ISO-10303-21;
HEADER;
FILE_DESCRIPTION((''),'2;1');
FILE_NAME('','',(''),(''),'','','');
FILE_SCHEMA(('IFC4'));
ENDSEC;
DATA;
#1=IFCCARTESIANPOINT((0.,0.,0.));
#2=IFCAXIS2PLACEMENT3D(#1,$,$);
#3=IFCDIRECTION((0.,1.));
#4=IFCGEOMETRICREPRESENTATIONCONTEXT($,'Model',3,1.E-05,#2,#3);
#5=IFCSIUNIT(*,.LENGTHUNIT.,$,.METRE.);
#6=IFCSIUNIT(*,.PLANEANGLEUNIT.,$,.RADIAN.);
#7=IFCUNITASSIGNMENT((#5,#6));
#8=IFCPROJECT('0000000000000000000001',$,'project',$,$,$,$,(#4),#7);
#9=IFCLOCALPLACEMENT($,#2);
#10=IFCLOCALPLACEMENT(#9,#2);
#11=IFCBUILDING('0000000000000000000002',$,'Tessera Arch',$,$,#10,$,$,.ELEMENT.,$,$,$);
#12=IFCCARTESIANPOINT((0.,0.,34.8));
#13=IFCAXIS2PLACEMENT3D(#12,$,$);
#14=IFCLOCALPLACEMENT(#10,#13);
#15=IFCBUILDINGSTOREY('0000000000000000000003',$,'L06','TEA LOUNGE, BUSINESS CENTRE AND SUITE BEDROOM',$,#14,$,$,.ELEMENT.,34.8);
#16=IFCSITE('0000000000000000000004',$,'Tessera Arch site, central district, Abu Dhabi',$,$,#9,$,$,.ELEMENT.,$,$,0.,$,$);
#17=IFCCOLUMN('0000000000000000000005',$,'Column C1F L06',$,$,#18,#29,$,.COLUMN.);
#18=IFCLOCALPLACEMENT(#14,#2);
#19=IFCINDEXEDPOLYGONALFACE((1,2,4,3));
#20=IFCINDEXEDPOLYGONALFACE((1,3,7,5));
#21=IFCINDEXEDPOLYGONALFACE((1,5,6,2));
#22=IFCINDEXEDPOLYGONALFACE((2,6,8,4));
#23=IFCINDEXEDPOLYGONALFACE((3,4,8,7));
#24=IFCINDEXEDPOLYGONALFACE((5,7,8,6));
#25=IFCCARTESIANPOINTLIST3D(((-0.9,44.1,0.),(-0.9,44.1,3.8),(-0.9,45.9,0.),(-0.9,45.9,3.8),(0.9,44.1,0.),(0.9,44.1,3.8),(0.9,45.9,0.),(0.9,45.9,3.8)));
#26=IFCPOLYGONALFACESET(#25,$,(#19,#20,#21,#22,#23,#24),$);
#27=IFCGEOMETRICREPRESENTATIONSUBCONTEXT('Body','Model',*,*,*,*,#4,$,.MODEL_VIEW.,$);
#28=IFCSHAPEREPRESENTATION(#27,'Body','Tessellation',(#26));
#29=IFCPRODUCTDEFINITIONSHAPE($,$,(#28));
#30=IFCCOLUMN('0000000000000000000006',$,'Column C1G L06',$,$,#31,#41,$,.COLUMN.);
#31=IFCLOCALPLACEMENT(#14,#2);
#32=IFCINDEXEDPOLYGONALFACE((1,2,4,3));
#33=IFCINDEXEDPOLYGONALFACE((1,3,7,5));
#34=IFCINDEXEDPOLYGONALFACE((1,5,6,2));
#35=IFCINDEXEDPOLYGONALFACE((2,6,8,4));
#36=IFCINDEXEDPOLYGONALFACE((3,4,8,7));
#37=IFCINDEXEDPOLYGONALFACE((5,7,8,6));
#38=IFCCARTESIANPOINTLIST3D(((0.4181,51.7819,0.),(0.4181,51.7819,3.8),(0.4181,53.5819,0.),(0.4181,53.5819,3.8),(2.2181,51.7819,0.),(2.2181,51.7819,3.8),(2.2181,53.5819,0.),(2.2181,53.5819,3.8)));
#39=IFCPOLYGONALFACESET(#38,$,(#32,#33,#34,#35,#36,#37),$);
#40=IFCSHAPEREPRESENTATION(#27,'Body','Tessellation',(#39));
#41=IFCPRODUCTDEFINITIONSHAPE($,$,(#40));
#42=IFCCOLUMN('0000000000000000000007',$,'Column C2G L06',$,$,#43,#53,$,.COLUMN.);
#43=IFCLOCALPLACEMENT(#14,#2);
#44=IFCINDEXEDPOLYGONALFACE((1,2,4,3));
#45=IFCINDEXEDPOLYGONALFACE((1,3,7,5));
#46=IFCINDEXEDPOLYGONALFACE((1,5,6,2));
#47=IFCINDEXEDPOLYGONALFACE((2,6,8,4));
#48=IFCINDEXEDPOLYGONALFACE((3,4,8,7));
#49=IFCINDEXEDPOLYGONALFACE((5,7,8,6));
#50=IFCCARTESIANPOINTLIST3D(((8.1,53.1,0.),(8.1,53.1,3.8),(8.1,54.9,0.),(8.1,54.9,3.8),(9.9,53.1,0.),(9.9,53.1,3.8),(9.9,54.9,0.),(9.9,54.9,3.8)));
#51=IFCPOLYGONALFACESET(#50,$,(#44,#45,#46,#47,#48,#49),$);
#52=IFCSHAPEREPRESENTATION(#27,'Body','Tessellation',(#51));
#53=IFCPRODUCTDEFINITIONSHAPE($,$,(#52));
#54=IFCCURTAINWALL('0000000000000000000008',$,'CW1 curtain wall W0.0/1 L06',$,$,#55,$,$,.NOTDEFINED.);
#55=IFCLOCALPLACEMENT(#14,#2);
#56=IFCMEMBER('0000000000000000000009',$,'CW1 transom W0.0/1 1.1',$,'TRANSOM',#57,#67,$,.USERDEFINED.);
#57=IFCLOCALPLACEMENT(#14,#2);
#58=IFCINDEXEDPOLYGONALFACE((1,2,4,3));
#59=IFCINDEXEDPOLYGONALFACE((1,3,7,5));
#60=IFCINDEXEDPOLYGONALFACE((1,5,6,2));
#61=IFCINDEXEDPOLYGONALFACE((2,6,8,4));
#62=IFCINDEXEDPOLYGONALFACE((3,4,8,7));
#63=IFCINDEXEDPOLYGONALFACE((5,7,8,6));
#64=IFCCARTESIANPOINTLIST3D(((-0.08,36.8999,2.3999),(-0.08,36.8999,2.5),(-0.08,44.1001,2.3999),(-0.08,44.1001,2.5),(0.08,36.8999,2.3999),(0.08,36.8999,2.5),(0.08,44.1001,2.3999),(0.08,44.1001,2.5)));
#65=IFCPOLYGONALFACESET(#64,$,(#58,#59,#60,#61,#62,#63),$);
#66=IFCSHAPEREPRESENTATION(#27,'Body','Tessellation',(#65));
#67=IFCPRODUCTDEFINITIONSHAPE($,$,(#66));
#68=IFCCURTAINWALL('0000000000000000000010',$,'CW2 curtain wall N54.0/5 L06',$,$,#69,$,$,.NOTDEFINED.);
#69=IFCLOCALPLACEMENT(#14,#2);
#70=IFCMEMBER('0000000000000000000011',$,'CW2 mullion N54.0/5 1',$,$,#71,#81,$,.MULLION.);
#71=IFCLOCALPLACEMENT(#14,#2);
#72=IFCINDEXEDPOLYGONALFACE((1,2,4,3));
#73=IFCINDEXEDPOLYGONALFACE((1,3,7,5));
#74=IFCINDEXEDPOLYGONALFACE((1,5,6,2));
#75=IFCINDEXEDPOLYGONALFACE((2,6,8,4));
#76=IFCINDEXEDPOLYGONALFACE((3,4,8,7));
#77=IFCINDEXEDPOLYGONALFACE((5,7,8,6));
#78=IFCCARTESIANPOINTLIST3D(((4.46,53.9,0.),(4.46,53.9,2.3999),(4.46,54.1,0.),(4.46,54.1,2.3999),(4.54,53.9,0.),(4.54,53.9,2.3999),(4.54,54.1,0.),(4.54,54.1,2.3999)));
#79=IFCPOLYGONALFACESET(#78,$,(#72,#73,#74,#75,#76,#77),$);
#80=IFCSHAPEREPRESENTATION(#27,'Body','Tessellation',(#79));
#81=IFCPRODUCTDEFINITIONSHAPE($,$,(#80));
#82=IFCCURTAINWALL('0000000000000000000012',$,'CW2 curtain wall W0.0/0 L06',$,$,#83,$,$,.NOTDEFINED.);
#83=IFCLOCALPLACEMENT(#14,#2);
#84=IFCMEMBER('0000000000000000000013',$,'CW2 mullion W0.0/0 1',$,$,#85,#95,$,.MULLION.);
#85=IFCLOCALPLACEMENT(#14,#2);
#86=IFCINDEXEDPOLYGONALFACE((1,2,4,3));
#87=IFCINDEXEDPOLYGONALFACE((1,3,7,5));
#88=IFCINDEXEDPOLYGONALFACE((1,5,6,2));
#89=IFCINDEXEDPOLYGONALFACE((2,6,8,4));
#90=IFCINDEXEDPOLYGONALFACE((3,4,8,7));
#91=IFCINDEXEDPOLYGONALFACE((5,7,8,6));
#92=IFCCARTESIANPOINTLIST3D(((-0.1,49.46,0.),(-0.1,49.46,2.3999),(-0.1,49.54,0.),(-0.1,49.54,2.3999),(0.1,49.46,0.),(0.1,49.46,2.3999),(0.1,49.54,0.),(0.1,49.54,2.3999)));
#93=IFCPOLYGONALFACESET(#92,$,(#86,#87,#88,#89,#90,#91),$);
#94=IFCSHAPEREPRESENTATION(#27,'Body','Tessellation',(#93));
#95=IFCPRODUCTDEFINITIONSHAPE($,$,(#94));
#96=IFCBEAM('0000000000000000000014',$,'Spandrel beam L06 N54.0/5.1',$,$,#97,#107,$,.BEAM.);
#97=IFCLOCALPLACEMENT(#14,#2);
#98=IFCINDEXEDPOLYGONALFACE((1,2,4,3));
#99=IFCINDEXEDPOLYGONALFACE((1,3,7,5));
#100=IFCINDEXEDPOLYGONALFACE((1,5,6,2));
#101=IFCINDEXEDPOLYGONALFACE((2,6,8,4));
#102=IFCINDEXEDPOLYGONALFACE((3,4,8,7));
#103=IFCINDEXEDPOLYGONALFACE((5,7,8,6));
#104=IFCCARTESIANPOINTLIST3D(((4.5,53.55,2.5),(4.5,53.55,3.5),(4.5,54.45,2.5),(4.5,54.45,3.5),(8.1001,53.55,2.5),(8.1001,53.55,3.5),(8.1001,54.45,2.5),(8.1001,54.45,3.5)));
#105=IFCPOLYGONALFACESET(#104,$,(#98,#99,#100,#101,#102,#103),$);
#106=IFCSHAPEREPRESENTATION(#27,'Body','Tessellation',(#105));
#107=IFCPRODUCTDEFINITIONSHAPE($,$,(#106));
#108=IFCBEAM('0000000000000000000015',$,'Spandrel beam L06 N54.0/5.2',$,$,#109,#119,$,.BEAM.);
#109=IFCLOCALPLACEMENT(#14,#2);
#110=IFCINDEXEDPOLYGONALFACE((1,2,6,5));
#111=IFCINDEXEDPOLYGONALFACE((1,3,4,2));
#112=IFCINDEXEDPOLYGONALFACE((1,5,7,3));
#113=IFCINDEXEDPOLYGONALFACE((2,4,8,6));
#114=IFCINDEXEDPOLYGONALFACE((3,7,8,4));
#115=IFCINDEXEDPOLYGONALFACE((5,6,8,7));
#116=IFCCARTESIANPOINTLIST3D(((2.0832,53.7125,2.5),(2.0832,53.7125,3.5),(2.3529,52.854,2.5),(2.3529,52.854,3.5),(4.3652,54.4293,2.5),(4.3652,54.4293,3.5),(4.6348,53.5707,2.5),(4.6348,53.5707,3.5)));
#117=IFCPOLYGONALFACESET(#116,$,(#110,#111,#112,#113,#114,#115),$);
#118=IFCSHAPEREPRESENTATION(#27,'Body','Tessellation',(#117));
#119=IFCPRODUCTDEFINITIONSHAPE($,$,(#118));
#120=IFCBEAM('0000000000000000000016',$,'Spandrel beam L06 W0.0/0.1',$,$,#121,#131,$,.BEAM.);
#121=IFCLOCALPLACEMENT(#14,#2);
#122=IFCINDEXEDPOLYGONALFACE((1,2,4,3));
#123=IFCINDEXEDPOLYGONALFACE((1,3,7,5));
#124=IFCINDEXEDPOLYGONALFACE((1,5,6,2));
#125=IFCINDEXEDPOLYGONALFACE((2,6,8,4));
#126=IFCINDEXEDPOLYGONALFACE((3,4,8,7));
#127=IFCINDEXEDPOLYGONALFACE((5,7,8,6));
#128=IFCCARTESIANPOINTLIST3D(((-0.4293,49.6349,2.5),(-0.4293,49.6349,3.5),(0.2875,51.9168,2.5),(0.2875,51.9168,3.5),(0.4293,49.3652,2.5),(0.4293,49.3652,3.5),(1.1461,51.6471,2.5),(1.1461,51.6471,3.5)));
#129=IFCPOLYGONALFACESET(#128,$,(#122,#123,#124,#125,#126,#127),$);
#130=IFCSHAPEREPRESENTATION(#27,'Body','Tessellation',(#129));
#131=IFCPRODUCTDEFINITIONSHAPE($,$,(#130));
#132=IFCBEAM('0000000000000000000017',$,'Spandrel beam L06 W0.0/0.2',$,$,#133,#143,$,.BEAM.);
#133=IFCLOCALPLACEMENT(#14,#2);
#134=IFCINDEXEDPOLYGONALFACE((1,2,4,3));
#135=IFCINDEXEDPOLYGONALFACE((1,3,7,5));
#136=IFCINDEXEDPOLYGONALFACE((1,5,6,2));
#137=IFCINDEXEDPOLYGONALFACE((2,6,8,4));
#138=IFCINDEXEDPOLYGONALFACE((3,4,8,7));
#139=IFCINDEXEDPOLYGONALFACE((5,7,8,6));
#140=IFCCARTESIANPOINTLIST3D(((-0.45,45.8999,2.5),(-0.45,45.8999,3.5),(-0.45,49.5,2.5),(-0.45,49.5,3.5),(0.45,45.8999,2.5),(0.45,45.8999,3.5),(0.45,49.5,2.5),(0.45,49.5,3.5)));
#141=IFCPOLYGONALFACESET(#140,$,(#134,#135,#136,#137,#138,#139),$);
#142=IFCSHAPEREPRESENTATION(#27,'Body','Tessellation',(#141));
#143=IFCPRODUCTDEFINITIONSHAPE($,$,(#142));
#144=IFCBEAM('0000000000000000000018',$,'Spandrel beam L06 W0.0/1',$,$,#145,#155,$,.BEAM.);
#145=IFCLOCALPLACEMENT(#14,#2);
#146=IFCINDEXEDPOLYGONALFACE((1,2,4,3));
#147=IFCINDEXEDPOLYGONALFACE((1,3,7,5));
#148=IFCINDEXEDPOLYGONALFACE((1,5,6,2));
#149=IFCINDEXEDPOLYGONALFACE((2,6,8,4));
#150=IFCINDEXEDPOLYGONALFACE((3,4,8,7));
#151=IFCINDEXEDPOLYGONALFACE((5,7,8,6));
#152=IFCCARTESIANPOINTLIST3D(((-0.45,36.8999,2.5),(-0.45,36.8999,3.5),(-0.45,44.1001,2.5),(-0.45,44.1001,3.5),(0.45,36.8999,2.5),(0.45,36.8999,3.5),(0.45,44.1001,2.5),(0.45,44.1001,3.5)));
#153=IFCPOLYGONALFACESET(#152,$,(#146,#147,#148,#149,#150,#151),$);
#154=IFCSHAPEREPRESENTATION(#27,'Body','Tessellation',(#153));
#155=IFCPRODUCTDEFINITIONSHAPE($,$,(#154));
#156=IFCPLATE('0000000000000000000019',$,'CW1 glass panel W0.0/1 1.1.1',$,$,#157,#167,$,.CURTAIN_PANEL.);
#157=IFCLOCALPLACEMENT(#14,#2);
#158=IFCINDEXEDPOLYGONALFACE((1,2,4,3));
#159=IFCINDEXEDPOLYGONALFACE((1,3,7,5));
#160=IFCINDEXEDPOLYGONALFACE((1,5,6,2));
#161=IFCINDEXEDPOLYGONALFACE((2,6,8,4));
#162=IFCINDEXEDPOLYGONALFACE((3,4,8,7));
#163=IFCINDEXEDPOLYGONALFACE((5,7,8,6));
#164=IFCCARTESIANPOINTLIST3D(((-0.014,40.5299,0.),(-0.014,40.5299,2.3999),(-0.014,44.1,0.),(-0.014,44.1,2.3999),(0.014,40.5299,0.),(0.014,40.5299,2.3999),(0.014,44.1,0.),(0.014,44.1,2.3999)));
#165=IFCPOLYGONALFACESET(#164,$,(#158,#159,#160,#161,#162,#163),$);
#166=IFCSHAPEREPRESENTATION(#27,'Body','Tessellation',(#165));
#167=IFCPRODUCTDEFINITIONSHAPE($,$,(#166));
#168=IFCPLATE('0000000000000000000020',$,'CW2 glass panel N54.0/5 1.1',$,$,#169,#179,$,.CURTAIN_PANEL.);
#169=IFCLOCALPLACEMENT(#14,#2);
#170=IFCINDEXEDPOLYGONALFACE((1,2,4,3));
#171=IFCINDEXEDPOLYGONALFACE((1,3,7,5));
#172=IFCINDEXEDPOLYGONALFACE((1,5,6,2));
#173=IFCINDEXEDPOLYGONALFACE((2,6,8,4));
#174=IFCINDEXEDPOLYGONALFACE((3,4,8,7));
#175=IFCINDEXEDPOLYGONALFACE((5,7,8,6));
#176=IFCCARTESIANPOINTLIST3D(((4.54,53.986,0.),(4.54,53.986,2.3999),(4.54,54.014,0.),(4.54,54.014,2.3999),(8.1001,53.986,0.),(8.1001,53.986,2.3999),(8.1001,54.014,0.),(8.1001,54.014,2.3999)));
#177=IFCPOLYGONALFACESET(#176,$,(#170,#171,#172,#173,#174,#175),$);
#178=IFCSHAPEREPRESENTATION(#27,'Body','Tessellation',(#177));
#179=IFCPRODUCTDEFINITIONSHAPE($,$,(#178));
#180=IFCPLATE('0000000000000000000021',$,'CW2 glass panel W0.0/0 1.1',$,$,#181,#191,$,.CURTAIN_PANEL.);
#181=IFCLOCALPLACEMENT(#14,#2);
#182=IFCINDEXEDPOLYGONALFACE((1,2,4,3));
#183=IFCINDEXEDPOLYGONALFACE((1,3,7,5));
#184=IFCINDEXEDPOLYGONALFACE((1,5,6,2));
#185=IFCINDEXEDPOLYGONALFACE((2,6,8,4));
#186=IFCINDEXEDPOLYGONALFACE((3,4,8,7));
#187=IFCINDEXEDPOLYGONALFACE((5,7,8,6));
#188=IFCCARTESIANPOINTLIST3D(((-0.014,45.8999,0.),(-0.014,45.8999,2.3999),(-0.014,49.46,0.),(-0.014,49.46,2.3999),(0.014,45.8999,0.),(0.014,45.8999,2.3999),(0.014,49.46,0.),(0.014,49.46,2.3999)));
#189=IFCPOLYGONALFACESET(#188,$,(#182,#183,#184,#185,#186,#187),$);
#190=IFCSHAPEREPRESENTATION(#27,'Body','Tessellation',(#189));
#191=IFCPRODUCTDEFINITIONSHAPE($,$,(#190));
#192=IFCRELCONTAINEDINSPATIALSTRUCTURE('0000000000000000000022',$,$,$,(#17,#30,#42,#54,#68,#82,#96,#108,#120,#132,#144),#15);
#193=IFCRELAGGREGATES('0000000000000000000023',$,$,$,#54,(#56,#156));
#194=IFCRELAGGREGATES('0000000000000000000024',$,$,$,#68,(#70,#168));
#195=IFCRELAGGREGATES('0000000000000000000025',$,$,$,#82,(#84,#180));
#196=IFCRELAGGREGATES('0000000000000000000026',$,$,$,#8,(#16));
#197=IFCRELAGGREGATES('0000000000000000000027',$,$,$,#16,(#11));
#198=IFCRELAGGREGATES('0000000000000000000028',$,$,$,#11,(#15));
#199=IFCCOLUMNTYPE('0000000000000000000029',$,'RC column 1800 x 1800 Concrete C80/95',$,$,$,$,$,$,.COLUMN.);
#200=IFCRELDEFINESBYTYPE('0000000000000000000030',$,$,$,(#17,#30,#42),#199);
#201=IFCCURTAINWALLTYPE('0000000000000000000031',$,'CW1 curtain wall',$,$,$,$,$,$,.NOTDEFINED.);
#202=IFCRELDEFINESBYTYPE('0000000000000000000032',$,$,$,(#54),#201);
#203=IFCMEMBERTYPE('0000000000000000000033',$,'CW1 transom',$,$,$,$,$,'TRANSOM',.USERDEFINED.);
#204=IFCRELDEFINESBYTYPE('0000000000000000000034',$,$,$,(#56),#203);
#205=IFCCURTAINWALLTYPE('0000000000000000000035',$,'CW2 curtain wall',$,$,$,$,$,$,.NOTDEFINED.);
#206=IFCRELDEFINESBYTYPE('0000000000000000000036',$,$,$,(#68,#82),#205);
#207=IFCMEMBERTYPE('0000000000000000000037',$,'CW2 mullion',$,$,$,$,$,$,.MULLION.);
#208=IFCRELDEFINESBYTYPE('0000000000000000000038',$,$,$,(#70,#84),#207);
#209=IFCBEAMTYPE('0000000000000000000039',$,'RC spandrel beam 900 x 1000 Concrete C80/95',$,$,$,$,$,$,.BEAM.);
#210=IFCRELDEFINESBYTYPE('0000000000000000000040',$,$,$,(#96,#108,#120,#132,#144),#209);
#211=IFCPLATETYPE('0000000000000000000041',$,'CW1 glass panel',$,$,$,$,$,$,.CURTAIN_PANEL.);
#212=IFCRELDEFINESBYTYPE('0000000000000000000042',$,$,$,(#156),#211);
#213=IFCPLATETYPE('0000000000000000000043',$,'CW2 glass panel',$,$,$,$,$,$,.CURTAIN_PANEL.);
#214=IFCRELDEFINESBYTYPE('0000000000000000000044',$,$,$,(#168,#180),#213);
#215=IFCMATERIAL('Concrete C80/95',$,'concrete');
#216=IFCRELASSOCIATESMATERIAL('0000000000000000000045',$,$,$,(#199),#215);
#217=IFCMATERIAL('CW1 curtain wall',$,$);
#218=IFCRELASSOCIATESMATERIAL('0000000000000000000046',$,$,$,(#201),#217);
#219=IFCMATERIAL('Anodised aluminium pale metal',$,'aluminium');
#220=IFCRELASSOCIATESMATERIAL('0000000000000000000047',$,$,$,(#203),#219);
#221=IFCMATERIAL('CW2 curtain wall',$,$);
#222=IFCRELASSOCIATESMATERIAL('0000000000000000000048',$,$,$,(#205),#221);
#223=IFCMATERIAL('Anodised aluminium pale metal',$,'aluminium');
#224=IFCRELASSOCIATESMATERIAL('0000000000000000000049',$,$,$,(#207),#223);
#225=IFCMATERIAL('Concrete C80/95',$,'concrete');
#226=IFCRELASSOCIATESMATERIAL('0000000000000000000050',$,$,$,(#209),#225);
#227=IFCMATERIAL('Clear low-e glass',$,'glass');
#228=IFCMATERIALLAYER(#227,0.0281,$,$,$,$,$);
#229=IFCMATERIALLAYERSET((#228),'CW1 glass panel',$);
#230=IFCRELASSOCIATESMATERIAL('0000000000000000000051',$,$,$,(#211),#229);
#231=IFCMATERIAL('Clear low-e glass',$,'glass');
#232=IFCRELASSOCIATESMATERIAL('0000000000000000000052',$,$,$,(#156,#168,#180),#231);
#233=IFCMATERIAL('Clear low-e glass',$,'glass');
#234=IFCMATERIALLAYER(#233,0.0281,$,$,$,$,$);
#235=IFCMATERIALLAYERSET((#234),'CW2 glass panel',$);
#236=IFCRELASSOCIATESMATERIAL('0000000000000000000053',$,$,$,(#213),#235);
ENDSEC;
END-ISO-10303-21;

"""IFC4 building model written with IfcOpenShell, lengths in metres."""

from ifc_helpers import new_model, si_unit, direction, frame, origin, origin_2d, place, context, subcontext, project, spatial, rectangle, extrude, material, layer, layer_set, material_profile, profile_set, type_object, element, aggregate, save


model = new_model("IFC4")

# Units and contexts
model_context = context("Model", 3, precision=1e-05, world=origin(), true_north=direction((0.0, 1.0)))
body_context = subcontext(model_context, "Body", "Model", "MODEL_VIEW")
ifc_project = project(units=[si_unit("LENGTHUNIT", "METRE"), si_unit("PLANEANGLEUNIT", "RADIAN")], contexts=[model_context])

# Site, building, storey
site_placement = place(None, origin())
site = spatial("IfcSite", under=ifc_project, at=site_placement, Name="Tessera Arch site, central district, Abu Dhabi", CompositionType="ELEMENT", RefElevation=0.0)
building_placement = place(site_placement, origin())
building = spatial("IfcBuilding", under=site, at=building_placement, Name="Tessera Arch", CompositionType="ELEMENT")
storey_placement = place(building_placement, frame((0.0, 0.0, 34.8)))
storey = spatial("IfcBuildingStorey", under=building, at=storey_placement, Name="L06", Description="TEA LOUNGE, BUSINESS CENTRE AND SUITE BEDROOM", CompositionType="ELEMENT", Elevation=34.8)

# Columns
ifc_material_1 = material(Name="Concrete C80/95", Category="concrete")
ifc_material_profile_1 = material_profile(ifc_material_1, rectangle(XDim=1.8, YDim=1.8, at=origin_2d()), Name="RC column 1800 x 1800 Concrete C80/95")
ifc_profile_set_1 = profile_set([ifc_material_profile_1], Name="Concrete C80/95")
column_type = type_object("IfcColumnType", Name="RC column 1800 x 1800 Concrete C80/95", PredefinedType="COLUMN", material=ifc_profile_set_1)
for number, where, z_axis, x_axis, name in (
    (1, (0.0, 45.0, 0.0), (0.0, 0.0, 1.0), (1.0, 0.0, 0.0), "Column C1F L06"),
    (2, (1.3181, 52.6819, 0.0), (0.0, 0.0, 1.0), (1.0, 0.0, 0.0), "Column C1G L06"),
    (3, (9.0, 54.0, 0.0), (0.0, 0.0, 1.0), (1.0, 0.0, 0.0), "Column C2G L06"),
):
    element("IfcColumn", number, at=place(storey_placement, frame(where, z_axis=z_axis, x_axis=x_axis)), inside=storey, type_object=column_type, Name=name, PredefinedType="COLUMN", context=body_context, shape_type="SweptSolid", body=[
        extrude(rectangle(XDim=1.8, YDim=1.8, at=origin_2d()), origin(), (0.0, 0.0, 1.0), 3.8),
    ])

# Curtain walls, members
ifc_material_2 = material(Name="CW1 curtain wall")
curtain_wall_type_1 = type_object("IfcCurtainWallType", Name="CW1 curtain wall", PredefinedType="NOTDEFINED", material=ifc_material_2)
curtain_wall_1_placement = place(storey_placement, origin())
curtain_wall_1 = element("IfcCurtainWall", 4, at=curtain_wall_1_placement, inside=storey, type_object=curtain_wall_type_1, Name="CW1 curtain wall W0.0/1 L06", PredefinedType="NOTDEFINED")
ifc_material_3 = material(Name="Anodised aluminium pale metal", Category="aluminium")
ifc_material_profile_2 = material_profile(ifc_material_3, rectangle(XDim=0.1599, YDim=0.1001, at=origin_2d()), Name="AL 160x100")
ifc_profile_set_2 = profile_set([ifc_material_profile_2], Name="Anodised aluminium pale metal")
member_type_1 = type_object("IfcMemberType", Name="CW1 transom", ElementType="TRANSOM", PredefinedType="USERDEFINED", material=ifc_profile_set_2)
member_1_placement = place(storey_placement, frame((0.0, 44.1001, 2.45), z_axis=(0.0, -1.0, 0.0), x_axis=(1.0, 0.0, 0.0)))
member_1 = element("IfcMember", 5, at=member_1_placement, type_object=member_type_1, Name="CW1 transom W0.0/1 1.1", ObjectType="TRANSOM", PredefinedType="USERDEFINED", context=body_context, shape_type="SweptSolid", body=[
    extrude(rectangle(XDim=0.1599, YDim=0.1001, at=origin_2d()), origin(), (0.0, 0.0, 1.0), 7.2002),
])
ifc_material_4 = material(Name="CW2 curtain wall")
curtain_wall_type_2 = type_object("IfcCurtainWallType", Name="CW2 curtain wall", PredefinedType="NOTDEFINED", material=ifc_material_4)
curtain_wall_2_placement = place(storey_placement, origin())
curtain_wall_2 = element("IfcCurtainWall", 6, at=curtain_wall_2_placement, inside=storey, type_object=curtain_wall_type_2, Name="CW2 curtain wall N54.0/5 L06", PredefinedType="NOTDEFINED")
ifc_material_5 = material(Name="Anodised aluminium pale metal", Category="aluminium")
ifc_material_profile_3 = material_profile(ifc_material_5, rectangle(XDim=0.2, YDim=0.0801, at=origin_2d()), Name="AL 80x200")
ifc_profile_set_3 = profile_set([ifc_material_profile_3], Name="Anodised aluminium pale metal")
member_type_2 = type_object("IfcMemberType", Name="CW2 mullion", PredefinedType="MULLION", material=ifc_profile_set_3)
member_2_placement = place(storey_placement, frame((4.5, 54.0, 0.0), z_axis=(0.0, 0.0, 1.0), x_axis=(0.0, -1.0, 0.0)))
member_2 = element("IfcMember", 7, at=member_2_placement, type_object=member_type_2, Name="CW2 mullion N54.0/5 1", PredefinedType="MULLION", context=body_context, shape_type="SweptSolid", body=[
    extrude(rectangle(XDim=0.2, YDim=0.0801, at=origin_2d()), origin(), (0.0, 0.0, 1.0), 2.3999),
])
curtain_wall_3_placement = place(storey_placement, origin())
curtain_wall_3 = element("IfcCurtainWall", 8, at=curtain_wall_3_placement, inside=storey, type_object=curtain_wall_type_2, Name="CW2 curtain wall W0.0/0 L06", PredefinedType="NOTDEFINED")
member_3_placement = place(storey_placement, frame((0.0, 49.5, 0.0), z_axis=(0.0, 0.0, 1.0), x_axis=(1.0, 0.0, 0.0)))
member_3 = element("IfcMember", 9, at=member_3_placement, type_object=member_type_2, Name="CW2 mullion W0.0/0 1", PredefinedType="MULLION", context=body_context, shape_type="SweptSolid", body=[
    extrude(rectangle(XDim=0.2, YDim=0.0801, at=origin_2d()), origin(), (0.0, 0.0, 1.0), 2.3999),
])

# Beams
ifc_material_6 = material(Name="Concrete C80/95", Category="concrete")
ifc_material_profile_4 = material_profile(ifc_material_6, rectangle(XDim=0.8999, YDim=1.0, at=origin_2d()), Name="RC spandrel beam 900 x 1000 Concrete C80/95")
ifc_profile_set_4 = profile_set([ifc_material_profile_4], Name="Concrete C80/95")
beam_type = type_object("IfcBeamType", Name="RC spandrel beam 900 x 1000 Concrete C80/95", PredefinedType="BEAM", material=ifc_profile_set_4)
beam_1_placement = place(storey_placement, frame((8.1001, 54.0, 3.0), z_axis=(-1.0, 0.0, 0.0), x_axis=(0.0, -1.0, 0.0)))
element("IfcBeam", 10, at=beam_1_placement, inside=storey, type_object=beam_type, Name="Spandrel beam L06 N54.0/5.1", PredefinedType="BEAM", context=body_context, shape_type="SweptSolid", body=[
    extrude(rectangle(XDim=0.8999, YDim=1.0, at=origin_2d()), origin(), (0.0, 0.0, 1.0), 3.6001),
])
for number, where, z_axis, x_axis, name in (
    (11, (4.5, 54.0, 3.0), (-0.954041, -0.299675, 0.0), (0.299675, -0.954041, 0.0), "Spandrel beam L06 N54.0/5.2"),
    (12, (0.7168, 51.782, 3.0), (-0.299675, -0.954041, 0.0), (0.954041, -0.299675, 0.0), "Spandrel beam L06 W0.0/0.1"),
):
    element("IfcBeam", number, at=place(storey_placement, frame(where, z_axis=z_axis, x_axis=x_axis)), inside=storey, type_object=beam_type, Name=name, PredefinedType="BEAM", context=body_context, shape_type="SweptSolid", body=[
        extrude(rectangle(XDim=0.8999, YDim=1.0, at=origin_2d()), origin(), (0.0, 0.0, 1.0), 2.3918),
    ])
beam_2_placement = place(storey_placement, frame((0.0, 49.5, 3.0), z_axis=(0.0, -1.0, 0.0), x_axis=(1.0, 0.0, 0.0)))
element("IfcBeam", 13, at=beam_2_placement, inside=storey, type_object=beam_type, Name="Spandrel beam L06 W0.0/0.2", PredefinedType="BEAM", context=body_context, shape_type="SweptSolid", body=[
    extrude(rectangle(XDim=0.8999, YDim=1.0, at=origin_2d()), origin(), (0.0, 0.0, 1.0), 3.6001),
])
beam_3_placement = place(storey_placement, frame((0.0, 44.1001, 3.0), z_axis=(0.0, -1.0, 0.0), x_axis=(1.0, 0.0, 0.0)))
element("IfcBeam", 14, at=beam_3_placement, inside=storey, type_object=beam_type, Name="Spandrel beam L06 W0.0/1", PredefinedType="BEAM", context=body_context, shape_type="SweptSolid", body=[
    extrude(rectangle(XDim=0.8999, YDim=1.0, at=origin_2d()), origin(), (0.0, 0.0, 1.0), 7.2002),
])

# Plates
ifc_material_7 = material(Name="Clear low-e glass", Category="glass")
ifc_material_8 = material(Name="Clear low-e glass", Category="glass")
ifc_layer_1 = layer(ifc_material_8, 0.0281)
ifc_layer_set_1 = layer_set([ifc_layer_1], Name="CW1 glass panel")
plate_type_1 = type_object("IfcPlateType", Name="CW1 glass panel", PredefinedType="CURTAIN_PANEL", material=ifc_layer_set_1)
plate_1_placement = place(storey_placement, frame((0.0, 42.3149, 0.0), z_axis=(0.0, 0.0, 1.0), x_axis=(0.0, -1.0, 0.0)))
plate_1 = element("IfcPlate", 15, at=plate_1_placement, type_object=plate_type_1, material=ifc_material_7, Name="CW1 glass panel W0.0/1 1.1.1", PredefinedType="CURTAIN_PANEL", context=body_context, shape_type="SweptSolid", body=[
    extrude(rectangle(XDim=3.5701, YDim=0.0281, at=origin_2d()), origin(), (0.0, 0.0, 1.0), 2.3999),
])
aggregate(curtain_wall_1, [member_1, plate_1])
ifc_material_9 = material(Name="Clear low-e glass", Category="glass")
ifc_layer_2 = layer(ifc_material_9, 0.0281)
ifc_layer_set_2 = layer_set([ifc_layer_2], Name="CW2 glass panel")
plate_type_2 = type_object("IfcPlateType", Name="CW2 glass panel", PredefinedType="CURTAIN_PANEL", material=ifc_layer_set_2)
plate_2_placement = place(storey_placement, frame((6.3201, 54.0, 0.0), z_axis=(0.0, 0.0, 1.0), x_axis=(-1.0, 0.0, 0.0)))
plate_2 = element("IfcPlate", 16, at=plate_2_placement, type_object=plate_type_2, material=ifc_material_7, Name="CW2 glass panel N54.0/5 1.1", PredefinedType="CURTAIN_PANEL", context=body_context, shape_type="SweptSolid", body=[
    extrude(rectangle(XDim=3.5601, YDim=0.0281, at=origin_2d()), origin(), (0.0, 0.0, 1.0), 2.3999),
])
aggregate(curtain_wall_2, [member_2, plate_2])
plate_3_placement = place(storey_placement, frame((0.0, 47.6799, 0.0), z_axis=(0.0, 0.0, 1.0), x_axis=(0.0, -1.0, 0.0)))
plate_3 = element("IfcPlate", 17, at=plate_3_placement, type_object=plate_type_2, material=ifc_material_7, Name="CW2 glass panel W0.0/0 1.1", PredefinedType="CURTAIN_PANEL", context=body_context, shape_type="SweptSolid", body=[
    extrude(rectangle(XDim=3.5601, YDim=0.0281, at=origin_2d()), origin(), (0.0, 0.0, 1.0), 2.3999),
])
aggregate(curtain_wall_3, [member_3, plate_3])

save(model, "model.ifc")
